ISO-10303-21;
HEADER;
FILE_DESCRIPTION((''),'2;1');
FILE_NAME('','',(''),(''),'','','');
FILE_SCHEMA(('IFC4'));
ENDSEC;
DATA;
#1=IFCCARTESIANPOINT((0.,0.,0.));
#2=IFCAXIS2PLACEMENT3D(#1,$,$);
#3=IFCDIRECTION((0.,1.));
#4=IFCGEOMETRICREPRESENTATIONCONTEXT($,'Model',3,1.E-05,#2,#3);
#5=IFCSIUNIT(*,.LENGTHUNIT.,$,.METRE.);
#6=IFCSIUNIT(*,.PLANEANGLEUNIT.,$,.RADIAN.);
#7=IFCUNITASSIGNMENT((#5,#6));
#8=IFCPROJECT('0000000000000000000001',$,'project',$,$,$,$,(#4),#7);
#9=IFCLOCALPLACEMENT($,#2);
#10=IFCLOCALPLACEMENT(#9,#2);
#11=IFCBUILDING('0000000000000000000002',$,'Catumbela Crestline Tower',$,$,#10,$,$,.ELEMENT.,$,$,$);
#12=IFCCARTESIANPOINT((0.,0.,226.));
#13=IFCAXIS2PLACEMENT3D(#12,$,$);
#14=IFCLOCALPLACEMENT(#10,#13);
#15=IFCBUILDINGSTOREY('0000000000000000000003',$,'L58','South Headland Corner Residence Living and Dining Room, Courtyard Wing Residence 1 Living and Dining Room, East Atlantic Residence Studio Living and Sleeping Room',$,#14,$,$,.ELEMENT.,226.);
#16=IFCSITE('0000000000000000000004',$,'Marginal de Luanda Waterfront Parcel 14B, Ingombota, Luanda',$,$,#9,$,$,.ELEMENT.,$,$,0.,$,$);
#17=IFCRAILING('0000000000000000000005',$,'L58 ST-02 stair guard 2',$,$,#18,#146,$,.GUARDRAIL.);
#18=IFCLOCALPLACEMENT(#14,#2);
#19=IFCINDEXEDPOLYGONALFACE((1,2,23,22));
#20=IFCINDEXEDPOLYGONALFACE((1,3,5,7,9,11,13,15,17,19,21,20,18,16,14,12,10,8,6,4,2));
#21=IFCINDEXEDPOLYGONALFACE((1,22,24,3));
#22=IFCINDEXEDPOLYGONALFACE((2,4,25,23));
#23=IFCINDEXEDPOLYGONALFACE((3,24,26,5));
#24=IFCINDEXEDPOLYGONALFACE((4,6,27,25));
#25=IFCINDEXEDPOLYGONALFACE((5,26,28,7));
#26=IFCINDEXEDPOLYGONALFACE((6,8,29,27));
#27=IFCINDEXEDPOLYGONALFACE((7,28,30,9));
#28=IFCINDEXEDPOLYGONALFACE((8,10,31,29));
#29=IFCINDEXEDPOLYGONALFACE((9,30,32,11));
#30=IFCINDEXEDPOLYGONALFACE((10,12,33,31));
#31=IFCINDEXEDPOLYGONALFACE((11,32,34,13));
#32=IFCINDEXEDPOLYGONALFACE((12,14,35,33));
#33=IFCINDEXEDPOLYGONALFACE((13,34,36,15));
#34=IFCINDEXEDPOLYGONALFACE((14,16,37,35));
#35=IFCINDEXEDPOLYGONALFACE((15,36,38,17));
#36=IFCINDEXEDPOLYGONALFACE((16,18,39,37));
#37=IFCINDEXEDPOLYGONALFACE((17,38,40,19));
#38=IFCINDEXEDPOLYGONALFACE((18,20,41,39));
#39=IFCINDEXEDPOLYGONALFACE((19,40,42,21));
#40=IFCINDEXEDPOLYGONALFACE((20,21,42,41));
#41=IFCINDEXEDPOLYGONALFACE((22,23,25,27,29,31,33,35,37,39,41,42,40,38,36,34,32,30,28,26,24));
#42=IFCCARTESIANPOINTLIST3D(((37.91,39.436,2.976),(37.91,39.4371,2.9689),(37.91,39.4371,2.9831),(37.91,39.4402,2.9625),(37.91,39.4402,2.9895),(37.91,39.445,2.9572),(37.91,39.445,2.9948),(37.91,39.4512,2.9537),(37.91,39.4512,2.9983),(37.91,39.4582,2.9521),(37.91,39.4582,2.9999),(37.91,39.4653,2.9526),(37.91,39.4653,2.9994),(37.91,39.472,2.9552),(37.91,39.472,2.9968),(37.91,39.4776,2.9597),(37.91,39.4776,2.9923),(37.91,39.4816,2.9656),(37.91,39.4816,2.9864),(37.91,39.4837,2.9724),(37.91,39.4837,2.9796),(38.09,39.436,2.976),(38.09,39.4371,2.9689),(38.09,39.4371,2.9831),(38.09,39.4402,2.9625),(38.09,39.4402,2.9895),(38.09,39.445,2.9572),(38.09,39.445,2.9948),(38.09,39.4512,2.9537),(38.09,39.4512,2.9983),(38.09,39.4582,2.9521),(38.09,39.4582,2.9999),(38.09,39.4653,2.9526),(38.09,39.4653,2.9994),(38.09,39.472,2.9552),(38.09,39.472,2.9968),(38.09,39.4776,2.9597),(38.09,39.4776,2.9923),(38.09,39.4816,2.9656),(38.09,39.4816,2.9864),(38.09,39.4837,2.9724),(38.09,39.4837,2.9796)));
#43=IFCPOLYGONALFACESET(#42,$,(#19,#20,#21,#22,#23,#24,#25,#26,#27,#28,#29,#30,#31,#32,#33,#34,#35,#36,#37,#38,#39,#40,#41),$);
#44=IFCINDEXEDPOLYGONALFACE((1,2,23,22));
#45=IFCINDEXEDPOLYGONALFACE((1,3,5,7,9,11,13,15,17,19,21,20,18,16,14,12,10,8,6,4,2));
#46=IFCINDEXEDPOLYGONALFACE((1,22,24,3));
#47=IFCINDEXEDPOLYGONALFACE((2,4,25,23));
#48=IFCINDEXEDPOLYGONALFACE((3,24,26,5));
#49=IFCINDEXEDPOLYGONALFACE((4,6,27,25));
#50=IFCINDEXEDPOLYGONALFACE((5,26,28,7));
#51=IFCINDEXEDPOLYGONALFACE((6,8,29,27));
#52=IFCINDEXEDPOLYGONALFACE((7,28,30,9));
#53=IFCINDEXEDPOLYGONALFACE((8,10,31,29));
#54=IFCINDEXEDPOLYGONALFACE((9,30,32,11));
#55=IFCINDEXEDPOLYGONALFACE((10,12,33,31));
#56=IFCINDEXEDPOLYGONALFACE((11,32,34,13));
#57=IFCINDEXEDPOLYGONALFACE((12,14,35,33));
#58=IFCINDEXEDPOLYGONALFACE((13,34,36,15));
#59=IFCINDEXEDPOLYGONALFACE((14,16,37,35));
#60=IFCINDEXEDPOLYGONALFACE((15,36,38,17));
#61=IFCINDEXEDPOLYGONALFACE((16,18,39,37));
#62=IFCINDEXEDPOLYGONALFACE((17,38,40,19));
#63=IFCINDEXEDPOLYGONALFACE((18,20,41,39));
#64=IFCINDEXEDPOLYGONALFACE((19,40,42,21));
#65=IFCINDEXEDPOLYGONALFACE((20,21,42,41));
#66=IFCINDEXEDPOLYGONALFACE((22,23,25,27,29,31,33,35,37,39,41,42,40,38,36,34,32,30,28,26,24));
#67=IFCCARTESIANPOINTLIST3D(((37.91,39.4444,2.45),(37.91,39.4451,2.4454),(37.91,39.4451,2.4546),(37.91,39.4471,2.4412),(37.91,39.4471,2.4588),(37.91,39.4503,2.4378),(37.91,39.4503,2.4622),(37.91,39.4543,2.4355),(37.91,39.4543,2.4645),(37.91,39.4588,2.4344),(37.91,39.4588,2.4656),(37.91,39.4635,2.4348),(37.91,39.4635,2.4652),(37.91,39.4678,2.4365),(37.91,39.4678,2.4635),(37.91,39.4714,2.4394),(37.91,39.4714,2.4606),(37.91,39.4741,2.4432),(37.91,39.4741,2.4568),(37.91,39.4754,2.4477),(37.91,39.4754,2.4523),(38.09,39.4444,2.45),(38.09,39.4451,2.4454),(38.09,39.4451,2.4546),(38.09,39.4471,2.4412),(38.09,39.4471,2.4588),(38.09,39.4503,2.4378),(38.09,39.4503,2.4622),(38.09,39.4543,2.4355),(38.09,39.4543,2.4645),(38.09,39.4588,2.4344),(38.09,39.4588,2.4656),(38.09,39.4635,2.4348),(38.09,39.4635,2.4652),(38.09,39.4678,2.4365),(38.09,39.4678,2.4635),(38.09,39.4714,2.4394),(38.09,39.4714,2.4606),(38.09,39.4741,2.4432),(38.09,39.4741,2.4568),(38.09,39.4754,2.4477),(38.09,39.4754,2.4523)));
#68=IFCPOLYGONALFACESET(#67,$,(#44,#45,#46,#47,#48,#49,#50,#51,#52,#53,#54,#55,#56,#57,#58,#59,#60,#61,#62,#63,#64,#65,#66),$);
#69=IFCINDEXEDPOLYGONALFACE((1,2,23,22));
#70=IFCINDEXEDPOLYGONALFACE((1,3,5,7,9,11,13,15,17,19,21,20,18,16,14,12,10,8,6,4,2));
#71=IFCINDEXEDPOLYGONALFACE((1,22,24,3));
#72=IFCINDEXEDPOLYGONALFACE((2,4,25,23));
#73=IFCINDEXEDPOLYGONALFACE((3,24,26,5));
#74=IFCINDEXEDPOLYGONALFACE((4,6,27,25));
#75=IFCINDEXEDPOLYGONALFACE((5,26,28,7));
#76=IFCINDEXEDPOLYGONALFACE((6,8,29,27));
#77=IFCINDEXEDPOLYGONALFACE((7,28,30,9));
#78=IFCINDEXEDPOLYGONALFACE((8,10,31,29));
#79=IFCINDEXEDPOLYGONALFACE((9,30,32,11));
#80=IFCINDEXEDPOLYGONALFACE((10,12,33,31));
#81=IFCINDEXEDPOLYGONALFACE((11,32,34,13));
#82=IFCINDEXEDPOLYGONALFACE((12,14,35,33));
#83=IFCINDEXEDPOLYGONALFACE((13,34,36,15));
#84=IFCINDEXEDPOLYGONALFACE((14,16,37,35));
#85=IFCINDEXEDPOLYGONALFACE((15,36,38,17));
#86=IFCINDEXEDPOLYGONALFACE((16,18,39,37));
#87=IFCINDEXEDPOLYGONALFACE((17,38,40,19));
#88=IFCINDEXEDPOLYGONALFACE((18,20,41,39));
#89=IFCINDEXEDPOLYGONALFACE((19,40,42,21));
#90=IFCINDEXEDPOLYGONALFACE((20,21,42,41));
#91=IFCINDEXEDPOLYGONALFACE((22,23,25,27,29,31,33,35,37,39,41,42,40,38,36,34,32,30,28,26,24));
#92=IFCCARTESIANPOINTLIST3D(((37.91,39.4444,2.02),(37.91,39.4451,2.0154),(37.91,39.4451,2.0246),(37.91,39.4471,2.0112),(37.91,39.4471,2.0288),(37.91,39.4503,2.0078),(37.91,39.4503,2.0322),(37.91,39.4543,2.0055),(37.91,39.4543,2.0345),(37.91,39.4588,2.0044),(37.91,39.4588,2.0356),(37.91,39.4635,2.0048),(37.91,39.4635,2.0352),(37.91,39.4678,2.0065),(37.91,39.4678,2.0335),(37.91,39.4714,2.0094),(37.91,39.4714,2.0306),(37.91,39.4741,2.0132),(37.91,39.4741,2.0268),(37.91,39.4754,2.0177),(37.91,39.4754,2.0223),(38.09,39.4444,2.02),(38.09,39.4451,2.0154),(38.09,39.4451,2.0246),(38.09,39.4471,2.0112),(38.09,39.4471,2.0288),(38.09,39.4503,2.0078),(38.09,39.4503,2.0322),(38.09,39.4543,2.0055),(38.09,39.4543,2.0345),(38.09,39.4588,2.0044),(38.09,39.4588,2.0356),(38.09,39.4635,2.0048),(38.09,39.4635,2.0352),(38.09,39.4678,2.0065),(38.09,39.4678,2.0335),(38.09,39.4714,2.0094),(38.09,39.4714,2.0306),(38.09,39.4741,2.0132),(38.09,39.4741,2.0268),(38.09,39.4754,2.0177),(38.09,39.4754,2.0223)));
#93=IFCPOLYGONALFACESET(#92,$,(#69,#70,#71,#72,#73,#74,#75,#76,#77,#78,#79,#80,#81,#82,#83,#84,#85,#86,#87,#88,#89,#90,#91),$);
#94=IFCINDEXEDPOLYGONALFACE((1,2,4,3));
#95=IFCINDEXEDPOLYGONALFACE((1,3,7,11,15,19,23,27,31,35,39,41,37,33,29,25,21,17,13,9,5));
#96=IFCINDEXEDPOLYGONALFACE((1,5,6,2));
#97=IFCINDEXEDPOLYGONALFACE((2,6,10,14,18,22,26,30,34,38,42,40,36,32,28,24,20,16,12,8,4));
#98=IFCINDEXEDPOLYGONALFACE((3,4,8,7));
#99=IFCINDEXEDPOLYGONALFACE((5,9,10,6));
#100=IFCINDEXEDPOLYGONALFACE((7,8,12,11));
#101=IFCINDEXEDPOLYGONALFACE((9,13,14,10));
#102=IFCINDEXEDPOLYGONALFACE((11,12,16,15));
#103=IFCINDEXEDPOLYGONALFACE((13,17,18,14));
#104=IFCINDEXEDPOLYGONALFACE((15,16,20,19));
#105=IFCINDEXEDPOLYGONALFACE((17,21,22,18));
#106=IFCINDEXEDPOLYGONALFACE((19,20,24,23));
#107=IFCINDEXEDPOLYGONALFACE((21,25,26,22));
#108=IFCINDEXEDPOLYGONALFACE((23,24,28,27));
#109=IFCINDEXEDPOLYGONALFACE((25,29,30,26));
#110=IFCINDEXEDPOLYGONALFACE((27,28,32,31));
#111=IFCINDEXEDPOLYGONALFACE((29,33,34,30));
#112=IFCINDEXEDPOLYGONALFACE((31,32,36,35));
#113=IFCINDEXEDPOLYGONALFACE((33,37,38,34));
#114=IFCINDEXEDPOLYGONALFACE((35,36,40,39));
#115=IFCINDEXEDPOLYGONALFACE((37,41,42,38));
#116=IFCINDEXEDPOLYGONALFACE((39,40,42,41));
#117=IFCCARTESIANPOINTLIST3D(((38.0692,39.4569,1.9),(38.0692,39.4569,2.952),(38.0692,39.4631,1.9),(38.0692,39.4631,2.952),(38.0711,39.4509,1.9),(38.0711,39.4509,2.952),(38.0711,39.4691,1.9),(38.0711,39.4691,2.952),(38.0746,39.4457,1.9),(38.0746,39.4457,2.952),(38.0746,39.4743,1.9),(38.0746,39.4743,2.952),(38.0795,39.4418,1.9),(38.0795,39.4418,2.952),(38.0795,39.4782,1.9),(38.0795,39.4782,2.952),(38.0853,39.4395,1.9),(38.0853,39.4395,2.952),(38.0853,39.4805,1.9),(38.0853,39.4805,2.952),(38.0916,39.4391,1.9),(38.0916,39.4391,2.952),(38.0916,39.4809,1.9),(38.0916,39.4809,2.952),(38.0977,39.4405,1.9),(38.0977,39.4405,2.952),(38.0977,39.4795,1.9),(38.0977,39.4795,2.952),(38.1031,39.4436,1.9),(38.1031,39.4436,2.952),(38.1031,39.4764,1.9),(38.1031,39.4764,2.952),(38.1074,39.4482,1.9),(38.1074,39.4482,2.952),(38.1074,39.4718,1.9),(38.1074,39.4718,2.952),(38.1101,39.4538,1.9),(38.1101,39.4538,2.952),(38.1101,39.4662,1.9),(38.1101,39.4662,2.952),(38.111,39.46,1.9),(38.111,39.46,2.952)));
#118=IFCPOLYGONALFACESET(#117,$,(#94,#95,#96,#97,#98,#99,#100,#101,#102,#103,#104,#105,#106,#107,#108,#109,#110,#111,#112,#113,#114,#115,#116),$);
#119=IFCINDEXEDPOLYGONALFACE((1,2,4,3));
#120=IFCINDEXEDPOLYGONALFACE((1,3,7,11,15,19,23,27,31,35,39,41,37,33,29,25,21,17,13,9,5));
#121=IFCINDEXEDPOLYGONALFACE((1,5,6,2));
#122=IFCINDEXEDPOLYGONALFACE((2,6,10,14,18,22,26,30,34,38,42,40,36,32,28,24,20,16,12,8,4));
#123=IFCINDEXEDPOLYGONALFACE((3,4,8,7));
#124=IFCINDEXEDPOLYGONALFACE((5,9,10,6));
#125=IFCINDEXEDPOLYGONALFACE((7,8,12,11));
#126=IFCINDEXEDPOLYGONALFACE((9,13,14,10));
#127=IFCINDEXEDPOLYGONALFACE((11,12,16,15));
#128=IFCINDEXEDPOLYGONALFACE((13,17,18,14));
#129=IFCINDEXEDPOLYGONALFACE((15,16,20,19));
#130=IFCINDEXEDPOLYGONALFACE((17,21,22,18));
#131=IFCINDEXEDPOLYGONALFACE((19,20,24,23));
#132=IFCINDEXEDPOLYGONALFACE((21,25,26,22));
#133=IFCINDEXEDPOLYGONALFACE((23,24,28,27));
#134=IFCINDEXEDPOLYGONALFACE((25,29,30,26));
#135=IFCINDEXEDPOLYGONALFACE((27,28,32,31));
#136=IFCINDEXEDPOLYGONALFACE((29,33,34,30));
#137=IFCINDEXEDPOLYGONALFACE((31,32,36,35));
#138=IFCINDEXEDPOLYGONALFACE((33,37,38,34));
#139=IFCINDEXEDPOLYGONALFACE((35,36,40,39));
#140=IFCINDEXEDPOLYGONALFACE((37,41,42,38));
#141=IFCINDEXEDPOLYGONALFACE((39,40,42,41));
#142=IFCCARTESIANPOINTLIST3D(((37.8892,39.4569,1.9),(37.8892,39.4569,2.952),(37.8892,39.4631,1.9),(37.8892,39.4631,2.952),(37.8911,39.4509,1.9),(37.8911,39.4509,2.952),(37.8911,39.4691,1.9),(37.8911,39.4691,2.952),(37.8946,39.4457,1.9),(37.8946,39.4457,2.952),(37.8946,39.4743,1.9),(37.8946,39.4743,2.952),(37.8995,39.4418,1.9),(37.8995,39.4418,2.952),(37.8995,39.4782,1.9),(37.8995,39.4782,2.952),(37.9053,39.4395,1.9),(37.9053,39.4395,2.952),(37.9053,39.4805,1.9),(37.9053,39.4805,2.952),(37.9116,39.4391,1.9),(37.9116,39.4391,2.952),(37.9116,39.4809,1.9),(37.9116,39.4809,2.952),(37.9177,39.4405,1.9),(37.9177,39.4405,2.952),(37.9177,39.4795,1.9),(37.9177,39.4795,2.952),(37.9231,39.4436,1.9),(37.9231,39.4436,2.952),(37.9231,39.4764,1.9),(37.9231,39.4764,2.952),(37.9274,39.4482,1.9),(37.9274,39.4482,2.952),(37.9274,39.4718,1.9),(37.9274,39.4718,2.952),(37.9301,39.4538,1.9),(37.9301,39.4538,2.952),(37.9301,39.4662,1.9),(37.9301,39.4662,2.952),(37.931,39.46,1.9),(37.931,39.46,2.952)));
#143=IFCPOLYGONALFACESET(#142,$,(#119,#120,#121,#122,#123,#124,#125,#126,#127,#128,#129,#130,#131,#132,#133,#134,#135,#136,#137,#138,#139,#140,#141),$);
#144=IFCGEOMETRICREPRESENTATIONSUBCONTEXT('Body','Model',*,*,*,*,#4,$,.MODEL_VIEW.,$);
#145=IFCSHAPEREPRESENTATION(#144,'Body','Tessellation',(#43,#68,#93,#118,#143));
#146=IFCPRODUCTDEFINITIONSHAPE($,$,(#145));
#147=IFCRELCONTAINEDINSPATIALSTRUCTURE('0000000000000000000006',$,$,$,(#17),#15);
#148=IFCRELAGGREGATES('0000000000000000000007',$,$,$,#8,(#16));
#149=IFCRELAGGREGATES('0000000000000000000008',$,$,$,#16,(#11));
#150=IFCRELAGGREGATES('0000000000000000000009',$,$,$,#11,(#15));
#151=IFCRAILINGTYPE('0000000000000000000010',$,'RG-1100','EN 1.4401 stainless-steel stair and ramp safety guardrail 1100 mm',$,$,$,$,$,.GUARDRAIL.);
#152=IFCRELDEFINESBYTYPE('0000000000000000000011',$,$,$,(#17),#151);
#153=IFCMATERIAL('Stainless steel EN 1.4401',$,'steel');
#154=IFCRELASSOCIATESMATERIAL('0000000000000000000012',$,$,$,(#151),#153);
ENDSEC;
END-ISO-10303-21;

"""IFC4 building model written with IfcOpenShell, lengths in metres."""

from ifc_helpers import new_model, si_unit, direction, frame, origin, origin_2d, place, context, subcontext, project, spatial, circle, extrude, material, type_object, element, save


model = new_model("IFC4")

# Units and contexts
model_context = context("Model", 3, precision=1e-05, world=origin(), true_north=direction((0.0, 1.0)))
body_context = subcontext(model_context, "Body", "Model", "MODEL_VIEW")
ifc_project = project(units=[si_unit("LENGTHUNIT", "METRE"), si_unit("PLANEANGLEUNIT", "RADIAN")], contexts=[model_context])

# Site, building, storey
site_placement = place(None, origin())
site = spatial("IfcSite", under=ifc_project, at=site_placement, Name="Marginal de Luanda Waterfront Parcel 14B, Ingombota, Luanda", CompositionType="ELEMENT", RefElevation=0.0)
building_placement = place(site_placement, origin())
building = spatial("IfcBuilding", under=site, at=building_placement, Name="Catumbela Crestline Tower", CompositionType="ELEMENT")
storey_placement = place(building_placement, frame((0.0, 0.0, 226.0)))
storey = spatial("IfcBuildingStorey", under=building, at=storey_placement, Name="L58", Description="South Headland Corner Residence Living and Dining Room, Courtyard Wing Residence 1 Living and Dining Room, East Atlantic Residence Studio Living and Sleeping Room", CompositionType="ELEMENT", Elevation=226.0)

# Railing
ifc_material_1 = material(Name="Stainless steel EN 1.4401", Category="steel")
railing_type_1 = type_object("IfcRailingType", Name="RG-1100", Description="EN 1.4401 stainless-steel stair and ramp safety guardrail 1100 mm", PredefinedType="GUARDRAIL", material=ifc_material_1)
railing_1_placement = place(storey_placement, frame((38.09, 39.46, 1.9)))
element("IfcRailing", 1, at=railing_1_placement, inside=storey, type_object=railing_type_1, Name="L58 ST-02 stair guard 2", PredefinedType="GUARDRAIL", context=body_context, shape_type="SweptSolid", body=[
    extrude(circle(Radius=0.024, at=origin_2d()), frame((0.0, 0.0, 1.076), z_axis=(-1.0, 0.0, 0.0), x_axis=(0.0, -1.0, 0.0)), (0.0, 0.0, 1.0), 0.18),
    extrude(circle(Radius=0.0156, at=origin_2d()), frame((0.0, 0.0, 0.55), z_axis=(-1.0, 0.0, 0.0), x_axis=(0.0, -1.0, 0.0)), (0.0, 0.0, 1.0), 0.18),
    extrude(circle(Radius=0.0156, at=origin_2d()), frame((0.0, 0.0, 0.12), z_axis=(-1.0, 0.0, 0.0), x_axis=(0.0, -1.0, 0.0)), (0.0, 0.0, 1.0), 0.18),
    extrude(circle(Radius=0.021, at=origin_2d()), origin(), (0.0, 0.0, 1.0), 1.052),
    extrude(circle(Radius=0.021, at=origin_2d()), frame((-0.18, 0.0, 0.0)), (0.0, 0.0, 1.0), 1.052),
])

save(model, "model.ifc")
